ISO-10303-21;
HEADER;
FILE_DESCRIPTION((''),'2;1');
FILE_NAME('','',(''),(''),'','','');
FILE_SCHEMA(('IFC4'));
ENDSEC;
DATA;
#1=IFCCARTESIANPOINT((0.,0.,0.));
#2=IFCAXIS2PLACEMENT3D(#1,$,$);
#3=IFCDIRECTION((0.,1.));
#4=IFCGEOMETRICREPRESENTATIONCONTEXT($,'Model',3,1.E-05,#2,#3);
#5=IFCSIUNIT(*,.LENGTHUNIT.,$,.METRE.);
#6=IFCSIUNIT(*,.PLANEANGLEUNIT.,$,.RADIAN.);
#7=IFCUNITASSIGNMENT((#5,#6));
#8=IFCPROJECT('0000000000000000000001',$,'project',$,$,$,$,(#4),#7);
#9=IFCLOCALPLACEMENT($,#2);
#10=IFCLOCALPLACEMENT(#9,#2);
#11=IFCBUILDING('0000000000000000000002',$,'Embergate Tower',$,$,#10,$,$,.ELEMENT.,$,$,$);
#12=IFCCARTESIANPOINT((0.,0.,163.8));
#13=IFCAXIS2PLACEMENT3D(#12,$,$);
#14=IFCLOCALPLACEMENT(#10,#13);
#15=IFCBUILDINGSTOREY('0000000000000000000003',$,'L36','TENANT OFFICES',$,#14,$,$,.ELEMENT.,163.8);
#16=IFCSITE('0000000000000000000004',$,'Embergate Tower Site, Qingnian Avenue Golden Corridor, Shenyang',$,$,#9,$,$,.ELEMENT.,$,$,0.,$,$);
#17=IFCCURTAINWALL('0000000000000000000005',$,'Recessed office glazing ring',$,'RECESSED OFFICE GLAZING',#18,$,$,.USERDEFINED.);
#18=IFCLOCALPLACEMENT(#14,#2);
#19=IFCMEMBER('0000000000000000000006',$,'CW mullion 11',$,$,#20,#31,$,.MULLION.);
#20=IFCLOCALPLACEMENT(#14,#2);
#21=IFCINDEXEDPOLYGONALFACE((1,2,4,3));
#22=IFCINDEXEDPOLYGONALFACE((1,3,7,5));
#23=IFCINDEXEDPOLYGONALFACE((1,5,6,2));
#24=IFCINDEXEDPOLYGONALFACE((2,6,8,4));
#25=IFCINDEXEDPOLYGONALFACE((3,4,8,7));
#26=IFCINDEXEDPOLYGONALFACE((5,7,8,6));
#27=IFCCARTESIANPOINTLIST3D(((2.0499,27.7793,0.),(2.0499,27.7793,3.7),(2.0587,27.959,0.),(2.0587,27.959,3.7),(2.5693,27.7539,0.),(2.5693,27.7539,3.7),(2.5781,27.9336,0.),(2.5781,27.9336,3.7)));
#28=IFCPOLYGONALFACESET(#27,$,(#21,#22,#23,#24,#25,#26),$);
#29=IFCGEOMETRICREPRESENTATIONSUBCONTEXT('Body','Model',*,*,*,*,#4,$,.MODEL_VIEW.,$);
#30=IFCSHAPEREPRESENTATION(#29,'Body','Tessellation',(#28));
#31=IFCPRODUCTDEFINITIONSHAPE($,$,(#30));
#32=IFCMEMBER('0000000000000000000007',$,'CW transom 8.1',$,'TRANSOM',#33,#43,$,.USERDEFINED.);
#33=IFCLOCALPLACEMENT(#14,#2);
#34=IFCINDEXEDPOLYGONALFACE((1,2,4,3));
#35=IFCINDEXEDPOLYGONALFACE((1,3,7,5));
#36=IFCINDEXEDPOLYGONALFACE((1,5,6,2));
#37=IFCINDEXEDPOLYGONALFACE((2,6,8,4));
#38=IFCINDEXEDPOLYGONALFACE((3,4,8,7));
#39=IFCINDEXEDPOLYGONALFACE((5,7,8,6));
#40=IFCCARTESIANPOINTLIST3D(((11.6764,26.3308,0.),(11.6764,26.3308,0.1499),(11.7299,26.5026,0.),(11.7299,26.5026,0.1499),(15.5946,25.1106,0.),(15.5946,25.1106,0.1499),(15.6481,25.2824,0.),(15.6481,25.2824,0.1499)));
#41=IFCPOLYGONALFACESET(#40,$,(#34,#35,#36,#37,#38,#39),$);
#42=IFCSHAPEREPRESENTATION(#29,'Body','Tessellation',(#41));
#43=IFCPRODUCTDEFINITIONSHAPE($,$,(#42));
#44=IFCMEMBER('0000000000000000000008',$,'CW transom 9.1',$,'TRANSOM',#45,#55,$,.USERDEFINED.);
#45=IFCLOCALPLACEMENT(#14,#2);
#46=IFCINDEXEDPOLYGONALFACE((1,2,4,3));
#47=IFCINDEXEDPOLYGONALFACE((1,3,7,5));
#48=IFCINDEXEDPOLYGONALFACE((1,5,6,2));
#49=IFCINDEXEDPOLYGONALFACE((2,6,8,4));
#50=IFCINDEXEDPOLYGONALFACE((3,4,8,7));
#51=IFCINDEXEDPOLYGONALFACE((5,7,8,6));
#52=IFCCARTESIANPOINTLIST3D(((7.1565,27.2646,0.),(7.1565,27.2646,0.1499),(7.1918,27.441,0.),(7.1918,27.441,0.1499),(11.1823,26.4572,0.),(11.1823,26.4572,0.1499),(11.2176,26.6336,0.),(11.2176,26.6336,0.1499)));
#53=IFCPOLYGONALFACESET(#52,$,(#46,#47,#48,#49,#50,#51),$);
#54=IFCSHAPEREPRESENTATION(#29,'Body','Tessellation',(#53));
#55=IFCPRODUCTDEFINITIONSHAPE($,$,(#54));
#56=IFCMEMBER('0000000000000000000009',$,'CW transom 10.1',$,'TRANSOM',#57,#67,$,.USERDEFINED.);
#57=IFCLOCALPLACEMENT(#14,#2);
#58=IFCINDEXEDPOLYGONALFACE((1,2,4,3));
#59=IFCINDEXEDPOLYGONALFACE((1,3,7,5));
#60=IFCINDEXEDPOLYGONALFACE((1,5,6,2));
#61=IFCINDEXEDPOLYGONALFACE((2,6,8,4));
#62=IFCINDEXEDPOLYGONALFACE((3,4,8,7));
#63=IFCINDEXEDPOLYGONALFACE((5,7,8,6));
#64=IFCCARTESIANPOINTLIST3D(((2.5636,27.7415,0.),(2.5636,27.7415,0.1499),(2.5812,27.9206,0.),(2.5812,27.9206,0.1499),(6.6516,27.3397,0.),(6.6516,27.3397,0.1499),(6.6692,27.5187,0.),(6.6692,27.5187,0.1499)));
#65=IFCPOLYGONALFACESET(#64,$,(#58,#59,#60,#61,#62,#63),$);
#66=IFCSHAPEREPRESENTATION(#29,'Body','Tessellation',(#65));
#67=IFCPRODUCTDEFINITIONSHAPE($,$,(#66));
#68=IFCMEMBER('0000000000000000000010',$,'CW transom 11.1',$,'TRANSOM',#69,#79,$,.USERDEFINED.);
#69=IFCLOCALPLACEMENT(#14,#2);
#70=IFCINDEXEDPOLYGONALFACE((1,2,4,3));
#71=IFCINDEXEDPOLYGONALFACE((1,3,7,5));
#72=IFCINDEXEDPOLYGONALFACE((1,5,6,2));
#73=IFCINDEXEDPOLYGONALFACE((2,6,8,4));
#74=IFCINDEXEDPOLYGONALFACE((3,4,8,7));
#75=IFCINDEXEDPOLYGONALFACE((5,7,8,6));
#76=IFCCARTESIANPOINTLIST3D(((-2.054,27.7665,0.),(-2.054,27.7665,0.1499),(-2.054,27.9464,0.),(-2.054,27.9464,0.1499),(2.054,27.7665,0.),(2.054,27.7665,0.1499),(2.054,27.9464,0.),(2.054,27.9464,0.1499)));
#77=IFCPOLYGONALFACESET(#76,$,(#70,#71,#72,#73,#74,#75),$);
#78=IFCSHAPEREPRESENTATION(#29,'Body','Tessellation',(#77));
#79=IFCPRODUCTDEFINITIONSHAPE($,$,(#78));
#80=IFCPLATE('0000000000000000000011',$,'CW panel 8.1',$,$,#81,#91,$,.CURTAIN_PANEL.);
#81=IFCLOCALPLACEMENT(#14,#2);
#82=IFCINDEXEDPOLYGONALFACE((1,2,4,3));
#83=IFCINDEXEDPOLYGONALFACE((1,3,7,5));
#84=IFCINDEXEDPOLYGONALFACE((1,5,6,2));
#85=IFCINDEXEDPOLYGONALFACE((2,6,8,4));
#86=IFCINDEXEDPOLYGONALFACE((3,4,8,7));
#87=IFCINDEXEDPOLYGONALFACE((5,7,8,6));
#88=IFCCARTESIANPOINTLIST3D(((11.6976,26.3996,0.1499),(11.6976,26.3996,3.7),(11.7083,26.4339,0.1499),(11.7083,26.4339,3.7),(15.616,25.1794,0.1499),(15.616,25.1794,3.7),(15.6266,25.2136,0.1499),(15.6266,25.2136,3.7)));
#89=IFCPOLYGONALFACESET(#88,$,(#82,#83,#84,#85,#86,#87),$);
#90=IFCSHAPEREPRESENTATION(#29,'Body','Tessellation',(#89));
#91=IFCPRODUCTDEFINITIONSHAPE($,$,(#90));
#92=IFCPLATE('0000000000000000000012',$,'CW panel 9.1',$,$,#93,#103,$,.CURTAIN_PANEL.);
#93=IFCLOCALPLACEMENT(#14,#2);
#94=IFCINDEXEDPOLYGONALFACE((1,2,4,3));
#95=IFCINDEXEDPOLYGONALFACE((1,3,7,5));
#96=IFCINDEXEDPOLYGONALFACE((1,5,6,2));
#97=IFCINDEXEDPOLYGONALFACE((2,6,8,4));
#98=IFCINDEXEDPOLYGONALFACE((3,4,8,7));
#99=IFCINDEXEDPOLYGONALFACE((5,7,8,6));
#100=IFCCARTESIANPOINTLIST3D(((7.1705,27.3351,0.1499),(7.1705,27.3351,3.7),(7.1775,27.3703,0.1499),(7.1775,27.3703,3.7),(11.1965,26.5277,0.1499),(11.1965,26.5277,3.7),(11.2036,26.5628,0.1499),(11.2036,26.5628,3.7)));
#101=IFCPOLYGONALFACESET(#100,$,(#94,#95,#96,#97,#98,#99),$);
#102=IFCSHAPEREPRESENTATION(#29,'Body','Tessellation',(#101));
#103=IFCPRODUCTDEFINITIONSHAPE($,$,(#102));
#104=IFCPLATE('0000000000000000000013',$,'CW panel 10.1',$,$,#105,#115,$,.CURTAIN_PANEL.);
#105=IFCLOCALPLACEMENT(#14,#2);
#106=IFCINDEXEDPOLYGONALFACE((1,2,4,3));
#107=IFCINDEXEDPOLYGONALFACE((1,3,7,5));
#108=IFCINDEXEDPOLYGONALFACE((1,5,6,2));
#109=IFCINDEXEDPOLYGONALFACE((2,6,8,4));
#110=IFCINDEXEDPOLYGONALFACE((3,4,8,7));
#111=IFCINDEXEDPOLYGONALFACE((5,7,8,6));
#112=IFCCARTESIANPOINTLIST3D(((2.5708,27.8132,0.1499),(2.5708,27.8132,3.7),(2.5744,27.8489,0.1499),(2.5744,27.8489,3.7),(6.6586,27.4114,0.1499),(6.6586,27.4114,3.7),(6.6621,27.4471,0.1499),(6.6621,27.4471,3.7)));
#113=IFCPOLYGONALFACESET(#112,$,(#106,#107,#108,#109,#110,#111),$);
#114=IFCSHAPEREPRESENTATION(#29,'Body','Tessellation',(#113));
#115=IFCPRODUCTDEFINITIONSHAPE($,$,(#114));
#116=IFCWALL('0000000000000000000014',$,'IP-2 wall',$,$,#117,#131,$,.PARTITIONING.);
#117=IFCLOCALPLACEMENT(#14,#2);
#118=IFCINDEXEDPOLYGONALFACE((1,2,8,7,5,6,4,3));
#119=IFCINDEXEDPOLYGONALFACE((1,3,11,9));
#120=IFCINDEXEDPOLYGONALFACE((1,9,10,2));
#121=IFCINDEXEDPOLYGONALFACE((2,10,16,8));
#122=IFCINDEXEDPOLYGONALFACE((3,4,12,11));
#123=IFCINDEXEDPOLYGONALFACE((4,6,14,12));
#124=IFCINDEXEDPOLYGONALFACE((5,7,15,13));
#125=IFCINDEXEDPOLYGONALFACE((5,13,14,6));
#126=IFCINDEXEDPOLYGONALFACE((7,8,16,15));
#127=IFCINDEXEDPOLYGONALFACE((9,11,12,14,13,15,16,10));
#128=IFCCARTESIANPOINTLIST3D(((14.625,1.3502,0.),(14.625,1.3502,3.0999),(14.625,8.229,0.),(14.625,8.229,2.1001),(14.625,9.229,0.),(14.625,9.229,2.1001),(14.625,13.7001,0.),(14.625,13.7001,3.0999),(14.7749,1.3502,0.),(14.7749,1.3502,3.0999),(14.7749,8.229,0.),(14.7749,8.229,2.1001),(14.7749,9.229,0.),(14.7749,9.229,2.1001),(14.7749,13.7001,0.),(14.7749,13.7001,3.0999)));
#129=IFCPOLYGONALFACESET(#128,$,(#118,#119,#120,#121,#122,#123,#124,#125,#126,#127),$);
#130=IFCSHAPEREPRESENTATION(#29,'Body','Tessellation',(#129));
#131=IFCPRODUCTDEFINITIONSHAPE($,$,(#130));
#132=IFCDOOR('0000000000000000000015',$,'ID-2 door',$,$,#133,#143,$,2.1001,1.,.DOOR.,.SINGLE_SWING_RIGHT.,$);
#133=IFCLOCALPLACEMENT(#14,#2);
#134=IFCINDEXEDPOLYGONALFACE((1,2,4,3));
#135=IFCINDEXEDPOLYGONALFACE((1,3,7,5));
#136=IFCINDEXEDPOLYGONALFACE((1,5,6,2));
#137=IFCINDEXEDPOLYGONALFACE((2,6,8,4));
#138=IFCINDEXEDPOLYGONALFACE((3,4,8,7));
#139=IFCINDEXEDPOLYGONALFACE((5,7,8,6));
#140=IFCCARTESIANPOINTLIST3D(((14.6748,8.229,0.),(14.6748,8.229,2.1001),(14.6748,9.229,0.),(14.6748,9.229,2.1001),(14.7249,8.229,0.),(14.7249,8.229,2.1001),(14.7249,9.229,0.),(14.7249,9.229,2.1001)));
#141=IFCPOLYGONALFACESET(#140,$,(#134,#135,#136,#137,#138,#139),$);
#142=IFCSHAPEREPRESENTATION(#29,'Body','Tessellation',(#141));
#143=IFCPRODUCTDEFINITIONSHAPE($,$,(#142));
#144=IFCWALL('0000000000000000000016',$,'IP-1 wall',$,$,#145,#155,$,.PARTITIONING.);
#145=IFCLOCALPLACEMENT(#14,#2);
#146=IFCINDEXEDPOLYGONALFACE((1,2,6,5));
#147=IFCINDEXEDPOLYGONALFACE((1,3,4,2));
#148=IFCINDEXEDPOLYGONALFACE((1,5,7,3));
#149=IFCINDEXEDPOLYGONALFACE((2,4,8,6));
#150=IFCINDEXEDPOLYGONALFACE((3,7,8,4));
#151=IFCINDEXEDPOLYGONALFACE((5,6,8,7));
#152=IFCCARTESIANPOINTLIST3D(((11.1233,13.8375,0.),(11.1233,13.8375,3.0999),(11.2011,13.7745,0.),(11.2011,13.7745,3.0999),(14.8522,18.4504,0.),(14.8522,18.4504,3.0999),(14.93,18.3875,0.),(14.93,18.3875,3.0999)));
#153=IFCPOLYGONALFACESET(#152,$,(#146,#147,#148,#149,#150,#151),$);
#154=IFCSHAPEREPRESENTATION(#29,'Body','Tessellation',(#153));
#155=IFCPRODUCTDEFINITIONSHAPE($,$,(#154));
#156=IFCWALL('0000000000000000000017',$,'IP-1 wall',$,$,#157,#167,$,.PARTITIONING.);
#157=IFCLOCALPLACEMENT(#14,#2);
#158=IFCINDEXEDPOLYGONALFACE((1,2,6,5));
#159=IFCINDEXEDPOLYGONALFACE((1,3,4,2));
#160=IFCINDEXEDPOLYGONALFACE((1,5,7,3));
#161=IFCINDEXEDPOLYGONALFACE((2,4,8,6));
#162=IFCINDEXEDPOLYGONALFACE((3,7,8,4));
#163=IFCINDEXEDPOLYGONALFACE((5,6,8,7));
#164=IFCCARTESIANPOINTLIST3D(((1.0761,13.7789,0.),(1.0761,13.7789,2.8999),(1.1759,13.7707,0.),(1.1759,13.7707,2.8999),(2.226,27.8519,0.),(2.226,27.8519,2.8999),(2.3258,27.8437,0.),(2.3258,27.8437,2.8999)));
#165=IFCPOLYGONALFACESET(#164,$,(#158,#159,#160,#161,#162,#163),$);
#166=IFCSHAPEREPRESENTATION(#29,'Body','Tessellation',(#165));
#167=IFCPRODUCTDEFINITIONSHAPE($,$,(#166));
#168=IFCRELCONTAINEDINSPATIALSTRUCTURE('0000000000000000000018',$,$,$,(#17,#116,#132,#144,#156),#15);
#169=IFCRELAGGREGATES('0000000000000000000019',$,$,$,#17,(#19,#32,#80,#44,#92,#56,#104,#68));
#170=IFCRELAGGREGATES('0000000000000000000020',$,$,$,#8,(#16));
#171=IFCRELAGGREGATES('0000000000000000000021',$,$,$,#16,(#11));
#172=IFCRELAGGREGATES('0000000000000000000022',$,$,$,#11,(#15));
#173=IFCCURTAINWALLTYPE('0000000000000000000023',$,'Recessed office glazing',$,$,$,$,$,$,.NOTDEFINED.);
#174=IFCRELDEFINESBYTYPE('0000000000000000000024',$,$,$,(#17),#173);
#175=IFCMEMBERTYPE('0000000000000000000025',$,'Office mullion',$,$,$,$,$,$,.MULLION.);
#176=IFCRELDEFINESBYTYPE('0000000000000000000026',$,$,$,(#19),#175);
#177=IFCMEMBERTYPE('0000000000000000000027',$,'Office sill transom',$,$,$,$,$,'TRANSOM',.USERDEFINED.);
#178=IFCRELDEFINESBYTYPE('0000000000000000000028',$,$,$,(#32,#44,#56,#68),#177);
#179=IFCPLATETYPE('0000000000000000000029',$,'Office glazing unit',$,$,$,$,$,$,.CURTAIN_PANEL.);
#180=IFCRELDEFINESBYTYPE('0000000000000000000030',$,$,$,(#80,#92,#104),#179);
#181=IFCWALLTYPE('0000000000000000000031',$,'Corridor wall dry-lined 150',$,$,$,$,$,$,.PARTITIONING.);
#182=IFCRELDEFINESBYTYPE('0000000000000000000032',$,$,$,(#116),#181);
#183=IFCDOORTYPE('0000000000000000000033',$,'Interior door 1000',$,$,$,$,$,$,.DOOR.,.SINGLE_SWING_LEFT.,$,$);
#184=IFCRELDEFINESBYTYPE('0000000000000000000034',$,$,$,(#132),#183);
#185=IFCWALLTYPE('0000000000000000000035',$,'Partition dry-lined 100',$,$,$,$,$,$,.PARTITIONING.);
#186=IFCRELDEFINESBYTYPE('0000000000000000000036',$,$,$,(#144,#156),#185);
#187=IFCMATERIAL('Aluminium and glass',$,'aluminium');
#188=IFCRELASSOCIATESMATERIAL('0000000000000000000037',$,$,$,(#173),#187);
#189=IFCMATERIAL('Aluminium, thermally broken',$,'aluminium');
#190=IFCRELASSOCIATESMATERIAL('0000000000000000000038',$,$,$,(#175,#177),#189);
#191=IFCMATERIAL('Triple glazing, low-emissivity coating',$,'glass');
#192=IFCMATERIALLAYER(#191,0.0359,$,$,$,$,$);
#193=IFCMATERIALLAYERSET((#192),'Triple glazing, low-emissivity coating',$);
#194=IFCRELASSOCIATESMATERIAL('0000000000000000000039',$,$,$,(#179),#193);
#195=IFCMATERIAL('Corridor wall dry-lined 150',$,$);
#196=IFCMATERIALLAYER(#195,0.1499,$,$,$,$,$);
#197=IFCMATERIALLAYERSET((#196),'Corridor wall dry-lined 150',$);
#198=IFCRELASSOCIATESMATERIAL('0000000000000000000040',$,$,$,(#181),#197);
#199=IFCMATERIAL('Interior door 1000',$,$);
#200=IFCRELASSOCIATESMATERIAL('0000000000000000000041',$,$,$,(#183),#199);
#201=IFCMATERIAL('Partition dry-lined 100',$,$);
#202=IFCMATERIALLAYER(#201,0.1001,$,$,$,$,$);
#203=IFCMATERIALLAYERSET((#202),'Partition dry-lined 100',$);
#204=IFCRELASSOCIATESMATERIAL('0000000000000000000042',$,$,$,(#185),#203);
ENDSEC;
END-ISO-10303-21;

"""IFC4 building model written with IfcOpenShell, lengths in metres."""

from ifc_helpers import new_model, si_unit, direction, frame, frame_2d, origin, origin_2d, place, context, subcontext, project, spatial, rectangle, extrude, source, transform, mapped, material, layer, layer_set, material_profile, profile_set, type_object, element, fill, aggregate, save


model = new_model("IFC4")

# Units and contexts
model_context = context("Model", 3, precision=1e-05, world=origin(), true_north=direction((0.0, 1.0)))
body_context = subcontext(model_context, "Body", "Model", "MODEL_VIEW")
ifc_project = project(units=[si_unit("LENGTHUNIT", "METRE"), si_unit("PLANEANGLEUNIT", "RADIAN")], contexts=[model_context])

# Site, building, storey
site_placement = place(None, origin())
site = spatial("IfcSite", under=ifc_project, at=site_placement, Name="Embergate Tower Site, Qingnian Avenue Golden Corridor, Shenyang", CompositionType="ELEMENT", RefElevation=0.0)
building_placement = place(site_placement, origin())
building = spatial("IfcBuilding", under=site, at=building_placement, Name="Embergate Tower", CompositionType="ELEMENT")
storey_placement = place(building_placement, frame((0.0, 0.0, 163.8)))
storey = spatial("IfcBuildingStorey", under=building, at=storey_placement, Name="L36", Description="TENANT OFFICES", CompositionType="ELEMENT", Elevation=163.8)

# Curtain wall, members, plates
ifc_material_1 = material(Name="Aluminium and glass", Category="aluminium")
curtain_wall_type = type_object("IfcCurtainWallType", Name="Recessed office glazing", PredefinedType="NOTDEFINED", material=ifc_material_1)
curtain_wall_placement = place(storey_placement, origin())
curtain_wall = element("IfcCurtainWall", 1, at=curtain_wall_placement, inside=storey, type_object=curtain_wall_type, Name="Recessed office glazing ring", ObjectType="RECESSED OFFICE GLAZING", PredefinedType="USERDEFINED")
ifc_material_2 = material(Name="Aluminium, thermally broken", Category="aluminium")
ifc_material_profile_1 = material_profile(ifc_material_2, rectangle(XDim=0.1799, YDim=0.52, at=origin_2d()), Name="AL 520x180")
ifc_profile_set_1 = profile_set([ifc_material_profile_1], Name="Aluminium, thermally broken")
member_type_1 = type_object("IfcMemberType", Name="Office mullion", PredefinedType="MULLION", material=ifc_profile_set_1)
shared_shape_1 = source(origin(), body_context, "Body", "SweptSolid", [
    extrude(rectangle(XDim=0.1799, YDim=0.52, at=origin_2d()), origin(), (0.0, 0.0, 1.0), 3.7),
])
member_1_placement = place(storey_placement, frame((2.314, 27.8564, 0.0), z_axis=(0.0, 0.0, 1.0), x_axis=(-0.048972, -0.9988, 0.0)))
member_1 = element("IfcMember", 2, at=member_1_placement, type_object=member_type_1, Name="CW mullion 11", PredefinedType="MULLION", context=body_context, shape_type="MappedRepresentation", body=[
    mapped(shared_shape_1, transform((0.0, 0.0, 0.0))),
])
ifc_material_profile_2 = material_profile(ifc_material_2, rectangle(XDim=0.1799, YDim=0.1499, at=origin_2d()), Name="AL 150x180")
ifc_profile_set_2 = profile_set([ifc_material_profile_2], Name="Aluminium, thermally broken")
member_type_2 = type_object("IfcMemberType", Name="Office sill transom", ElementType="TRANSOM", PredefinedType="USERDEFINED", material=ifc_profile_set_2)
shared_shape_2 = source(origin(), body_context, "Body", "SweptSolid", [
    extrude(rectangle(XDim=0.1799, YDim=0.1499, at=origin_2d()), origin(), (0.0, 0.0, 1.0), 4.1038),
])
member_2_placement = place(storey_placement, frame((15.6213, 25.1965, 0.075), z_axis=(-0.954773, 0.297337, 0.0), x_axis=(-0.297337, -0.954773, 0.0)))
member_2 = element("IfcMember", 3, at=member_2_placement, type_object=member_type_2, Name="CW transom 8.1", ObjectType="TRANSOM", PredefinedType="USERDEFINED", context=body_context, shape_type="MappedRepresentation", body=[
    mapped(shared_shape_2, transform((0.0, 0.0, 0.0))),
])
shared_shape_3 = source(origin(), body_context, "Body", "SweptSolid", [
    extrude(rectangle(XDim=0.1799, YDim=0.1499, at=origin_2d()), origin(), (0.0, 0.0, 1.0), 4.106),
])
member_3_placement = place(storey_placement, frame((11.2, 26.5454, 0.075), z_axis=(-0.980478, 0.196631, 0.0), x_axis=(-0.196631, -0.980478, 0.0)))
member_3 = element("IfcMember", 4, at=member_3_placement, type_object=member_type_2, Name="CW transom 9.1", ObjectType="TRANSOM", PredefinedType="USERDEFINED", context=body_context, shape_type="MappedRepresentation", body=[
    mapped(shared_shape_3, transform((0.0, 0.0, 0.0))),
])
shared_shape_4 = source(origin(), body_context, "Body", "SweptSolid", [
    extrude(rectangle(XDim=0.1799, YDim=0.1499, at=origin_2d()), origin(), (0.0, 0.0, 1.0), 4.1077),
])
member_4_placement = place(storey_placement, frame((6.6604, 27.4292, 0.075), z_axis=(-0.995203, 0.097832, 0.0), x_axis=(-0.097832, -0.995203, 0.0)))
member_4 = element("IfcMember", 5, at=member_4_placement, type_object=member_type_2, Name="CW transom 10.1", ObjectType="TRANSOM", PredefinedType="USERDEFINED", context=body_context, shape_type="MappedRepresentation", body=[
    mapped(shared_shape_4, transform((0.0, 0.0, 0.0))),
])
shared_shape_5 = source(origin(), body_context, "Body", "SweptSolid", [
    extrude(rectangle(XDim=0.1799, YDim=0.1499, at=origin_2d()), origin(), (0.0, 0.0, 1.0), 4.1079),
])
member_5_placement = place(storey_placement, frame((2.054, 27.8564, 0.075), z_axis=(-1.0, 0.0, 0.0), x_axis=(0.0, -1.0, 0.0)))
member_5 = element("IfcMember", 6, at=member_5_placement, type_object=member_type_2, Name="CW transom 11.1", ObjectType="TRANSOM", PredefinedType="USERDEFINED", context=body_context, shape_type="MappedRepresentation", body=[
    mapped(shared_shape_5, transform((0.0, 0.0, 0.0))),
])
ifc_material_3 = material(Name="Triple glazing, low-emissivity coating", Category="glass")
ifc_layer_1 = layer(ifc_material_3, 0.0359)
ifc_layer_set_1 = layer_set([ifc_layer_1], Name="Triple glazing, low-emissivity coating")
plate_type = type_object("IfcPlateType", Name="Office glazing unit", PredefinedType="CURTAIN_PANEL", material=ifc_layer_set_1)
shared_shape_6 = source(origin(), body_context, "Body", "SweptSolid", [
    extrude(rectangle(XDim=4.104, YDim=0.0359, at=origin_2d()), origin(), (0.0, 0.0, 1.0), 3.55),
])
plate_1_placement = place(storey_placement, frame((13.6621, 25.8066, 0.1499), z_axis=(0.0, 0.0, 1.0), x_axis=(-0.954772, 0.297338, 0.0)))
plate_1 = element("IfcPlate", 7, at=plate_1_placement, type_object=plate_type, Name="CW panel 8.1", PredefinedType="CURTAIN_PANEL", context=body_context, shape_type="MappedRepresentation", body=[
    mapped(shared_shape_6, transform((0.0, 0.0, 0.0))),
])
shared_shape_7 = source(origin(), body_context, "Body", "SweptSolid", [
    extrude(rectangle(XDim=4.1062, YDim=0.0359, at=origin_2d()), origin(), (0.0, 0.0, 1.0), 3.55),
])
plate_2_placement = place(storey_placement, frame((9.187, 26.949, 0.1499), z_axis=(0.0, 0.0, 1.0), x_axis=(-0.980476, 0.196639, 0.0)))
plate_2 = element("IfcPlate", 8, at=plate_2_placement, type_object=plate_type, Name="CW panel 9.1", PredefinedType="CURTAIN_PANEL", context=body_context, shape_type="MappedRepresentation", body=[
    mapped(shared_shape_7, transform((0.0, 0.0, 0.0))),
])
shared_shape_8 = source(origin(), body_context, "Body", "SweptSolid", [
    extrude(rectangle(XDim=4.1074, YDim=0.0359, at=origin_2d()), origin(), (0.0, 0.0, 1.0), 3.55),
])
plate_3_placement = place(storey_placement, frame((4.6165, 27.6301, 0.1499), z_axis=(0.0, 0.0, 1.0), x_axis=(-0.995203, 0.09783, 0.0)))
plate_3 = element("IfcPlate", 9, at=plate_3_placement, type_object=plate_type, Name="CW panel 10.1", PredefinedType="CURTAIN_PANEL", context=body_context, shape_type="MappedRepresentation", body=[
    mapped(shared_shape_8, transform((0.0, 0.0, 0.0))),
])
aggregate(curtain_wall, [member_1, member_2, plate_1, member_3, plate_2, member_4, plate_3, member_5])

# Wall, opening, door
ifc_material_4 = material(Name="Corridor wall dry-lined 150")
ifc_layer_2 = layer(ifc_material_4, 0.1499)
ifc_layer_set_2 = layer_set([ifc_layer_2], Name="Corridor wall dry-lined 150")
wall_type_1 = type_object("IfcWallType", Name="Corridor wall dry-lined 150", PredefinedType="PARTITIONING", material=ifc_layer_set_2)
shared_shape_9 = source(origin(), body_context, "Body", "SweptSolid", [
    extrude(rectangle(XDim=12.3499, YDim=0.1499, at=frame_2d((6.1748, 0.0))), origin(), (0.0, 0.0, 1.0), 3.0999),
])
wall_1_placement = place(storey_placement, frame((14.7, 13.7, 0.0), z_axis=(0.0, 0.0, 1.0), x_axis=(0.0, -1.0, 0.0)))
wall_1 = element("IfcWall", 10, at=wall_1_placement, inside=storey, type_object=wall_type_1, Name="IP-2 wall", PredefinedType="PARTITIONING", context=body_context, shape_type="MappedRepresentation", body=[
    mapped(shared_shape_9, transform((0.0, 0.0, 0.0))),
])
shared_shape_10 = source(origin(), body_context, "Body", "SweptSolid", [
    extrude(rectangle(XDim=1.0, YDim=2.1001, at=frame_2d((0.5, 1.05))), frame((0.0, 0.085, 0.0), z_axis=(0.0, -1.0, 0.0), x_axis=(1.0, 0.0, 0.0)), (0.0, 0.0, 1.0), 0.1699),
])
opening_placement = place(wall_1_placement, frame((4.4709, 0.0, 0.0)))
opening = element("IfcOpeningElement", 11, at=opening_placement, cuts=wall_1, PredefinedType="OPENING", context=body_context, shape_type="MappedRepresentation", body=[
    mapped(shared_shape_10, transform((0.0, 0.0, 0.0))),
])
ifc_material_5 = material(Name="Interior door 1000")
door_type = type_object("IfcDoorType", Name="Interior door 1000", OperationType="SINGLE_SWING_LEFT", PredefinedType="DOOR", material=ifc_material_5)
shared_shape_11 = source(origin(), body_context, "Body", "SweptSolid", [
    extrude(rectangle(XDim=1.0, YDim=2.1001, at=frame_2d((0.5, 1.05))), frame((0.0, 0.0249, 0.0), z_axis=(0.0, -1.0, 0.0), x_axis=(1.0, 0.0, 0.0)), (0.0, 0.0, 1.0), 0.05),
])
door_placement = place(opening_placement, origin())
door = element("IfcDoor", 12, at=door_placement, inside=storey, type_object=door_type, Name="ID-2 door", OperationType="SINGLE_SWING_RIGHT", OverallHeight=2.1001, OverallWidth=1.0, PredefinedType="DOOR", context=body_context, shape_type="MappedRepresentation", body=[
    mapped(shared_shape_11, transform((0.0, 0.0, 0.0))),
])
fill(opening, door)

# Walls
ifc_material_6 = material(Name="Partition dry-lined 100")
ifc_layer_3 = layer(ifc_material_6, 0.1001)
ifc_layer_set_3 = layer_set([ifc_layer_3], Name="Partition dry-lined 100")
wall_type_2 = type_object("IfcWallType", Name="Partition dry-lined 100", PredefinedType="PARTITIONING", material=ifc_layer_set_3)
shared_shape_12 = source(origin(), body_context, "Body", "SweptSolid", [
    extrude(rectangle(XDim=5.9316, YDim=0.1001, at=frame_2d((2.9658, 0.0))), origin(), (0.0, 0.0, 1.0), 3.0999),
])
wall_2_placement = place(storey_placement, frame((14.8911, 18.4189, 0.0), z_axis=(0.0, 0.0, 1.0), x_axis=(-0.628652, -0.777687, 0.0)))
element("IfcWall", 13, at=wall_2_placement, inside=storey, type_object=wall_type_2, Name="IP-1 wall", PredefinedType="PARTITIONING", context=body_context, shape_type="MappedRepresentation", body=[
    mapped(shared_shape_12, transform((0.0, 0.0, 0.0))),
])
shared_shape_13 = source(origin(), body_context, "Body", "SweptSolid", [
    extrude(rectangle(XDim=14.1199, YDim=0.1001, at=frame_2d((7.0601, 0.0))), origin(), (0.0, 0.0, 1.0), 2.8999),
])
wall_3_placement = place(storey_placement, frame((2.2759, 27.8479, 0.0), z_axis=(0.0, 0.0, 1.0), x_axis=(-0.081438, -0.996678, 0.0)))
element("IfcWall", 14, at=wall_3_placement, inside=storey, type_object=wall_type_2, Name="IP-1 wall", PredefinedType="PARTITIONING", context=body_context, shape_type="MappedRepresentation", body=[
    mapped(shared_shape_13, transform((0.0, 0.0, 0.0))),
])

save(model, "model.ifc")
